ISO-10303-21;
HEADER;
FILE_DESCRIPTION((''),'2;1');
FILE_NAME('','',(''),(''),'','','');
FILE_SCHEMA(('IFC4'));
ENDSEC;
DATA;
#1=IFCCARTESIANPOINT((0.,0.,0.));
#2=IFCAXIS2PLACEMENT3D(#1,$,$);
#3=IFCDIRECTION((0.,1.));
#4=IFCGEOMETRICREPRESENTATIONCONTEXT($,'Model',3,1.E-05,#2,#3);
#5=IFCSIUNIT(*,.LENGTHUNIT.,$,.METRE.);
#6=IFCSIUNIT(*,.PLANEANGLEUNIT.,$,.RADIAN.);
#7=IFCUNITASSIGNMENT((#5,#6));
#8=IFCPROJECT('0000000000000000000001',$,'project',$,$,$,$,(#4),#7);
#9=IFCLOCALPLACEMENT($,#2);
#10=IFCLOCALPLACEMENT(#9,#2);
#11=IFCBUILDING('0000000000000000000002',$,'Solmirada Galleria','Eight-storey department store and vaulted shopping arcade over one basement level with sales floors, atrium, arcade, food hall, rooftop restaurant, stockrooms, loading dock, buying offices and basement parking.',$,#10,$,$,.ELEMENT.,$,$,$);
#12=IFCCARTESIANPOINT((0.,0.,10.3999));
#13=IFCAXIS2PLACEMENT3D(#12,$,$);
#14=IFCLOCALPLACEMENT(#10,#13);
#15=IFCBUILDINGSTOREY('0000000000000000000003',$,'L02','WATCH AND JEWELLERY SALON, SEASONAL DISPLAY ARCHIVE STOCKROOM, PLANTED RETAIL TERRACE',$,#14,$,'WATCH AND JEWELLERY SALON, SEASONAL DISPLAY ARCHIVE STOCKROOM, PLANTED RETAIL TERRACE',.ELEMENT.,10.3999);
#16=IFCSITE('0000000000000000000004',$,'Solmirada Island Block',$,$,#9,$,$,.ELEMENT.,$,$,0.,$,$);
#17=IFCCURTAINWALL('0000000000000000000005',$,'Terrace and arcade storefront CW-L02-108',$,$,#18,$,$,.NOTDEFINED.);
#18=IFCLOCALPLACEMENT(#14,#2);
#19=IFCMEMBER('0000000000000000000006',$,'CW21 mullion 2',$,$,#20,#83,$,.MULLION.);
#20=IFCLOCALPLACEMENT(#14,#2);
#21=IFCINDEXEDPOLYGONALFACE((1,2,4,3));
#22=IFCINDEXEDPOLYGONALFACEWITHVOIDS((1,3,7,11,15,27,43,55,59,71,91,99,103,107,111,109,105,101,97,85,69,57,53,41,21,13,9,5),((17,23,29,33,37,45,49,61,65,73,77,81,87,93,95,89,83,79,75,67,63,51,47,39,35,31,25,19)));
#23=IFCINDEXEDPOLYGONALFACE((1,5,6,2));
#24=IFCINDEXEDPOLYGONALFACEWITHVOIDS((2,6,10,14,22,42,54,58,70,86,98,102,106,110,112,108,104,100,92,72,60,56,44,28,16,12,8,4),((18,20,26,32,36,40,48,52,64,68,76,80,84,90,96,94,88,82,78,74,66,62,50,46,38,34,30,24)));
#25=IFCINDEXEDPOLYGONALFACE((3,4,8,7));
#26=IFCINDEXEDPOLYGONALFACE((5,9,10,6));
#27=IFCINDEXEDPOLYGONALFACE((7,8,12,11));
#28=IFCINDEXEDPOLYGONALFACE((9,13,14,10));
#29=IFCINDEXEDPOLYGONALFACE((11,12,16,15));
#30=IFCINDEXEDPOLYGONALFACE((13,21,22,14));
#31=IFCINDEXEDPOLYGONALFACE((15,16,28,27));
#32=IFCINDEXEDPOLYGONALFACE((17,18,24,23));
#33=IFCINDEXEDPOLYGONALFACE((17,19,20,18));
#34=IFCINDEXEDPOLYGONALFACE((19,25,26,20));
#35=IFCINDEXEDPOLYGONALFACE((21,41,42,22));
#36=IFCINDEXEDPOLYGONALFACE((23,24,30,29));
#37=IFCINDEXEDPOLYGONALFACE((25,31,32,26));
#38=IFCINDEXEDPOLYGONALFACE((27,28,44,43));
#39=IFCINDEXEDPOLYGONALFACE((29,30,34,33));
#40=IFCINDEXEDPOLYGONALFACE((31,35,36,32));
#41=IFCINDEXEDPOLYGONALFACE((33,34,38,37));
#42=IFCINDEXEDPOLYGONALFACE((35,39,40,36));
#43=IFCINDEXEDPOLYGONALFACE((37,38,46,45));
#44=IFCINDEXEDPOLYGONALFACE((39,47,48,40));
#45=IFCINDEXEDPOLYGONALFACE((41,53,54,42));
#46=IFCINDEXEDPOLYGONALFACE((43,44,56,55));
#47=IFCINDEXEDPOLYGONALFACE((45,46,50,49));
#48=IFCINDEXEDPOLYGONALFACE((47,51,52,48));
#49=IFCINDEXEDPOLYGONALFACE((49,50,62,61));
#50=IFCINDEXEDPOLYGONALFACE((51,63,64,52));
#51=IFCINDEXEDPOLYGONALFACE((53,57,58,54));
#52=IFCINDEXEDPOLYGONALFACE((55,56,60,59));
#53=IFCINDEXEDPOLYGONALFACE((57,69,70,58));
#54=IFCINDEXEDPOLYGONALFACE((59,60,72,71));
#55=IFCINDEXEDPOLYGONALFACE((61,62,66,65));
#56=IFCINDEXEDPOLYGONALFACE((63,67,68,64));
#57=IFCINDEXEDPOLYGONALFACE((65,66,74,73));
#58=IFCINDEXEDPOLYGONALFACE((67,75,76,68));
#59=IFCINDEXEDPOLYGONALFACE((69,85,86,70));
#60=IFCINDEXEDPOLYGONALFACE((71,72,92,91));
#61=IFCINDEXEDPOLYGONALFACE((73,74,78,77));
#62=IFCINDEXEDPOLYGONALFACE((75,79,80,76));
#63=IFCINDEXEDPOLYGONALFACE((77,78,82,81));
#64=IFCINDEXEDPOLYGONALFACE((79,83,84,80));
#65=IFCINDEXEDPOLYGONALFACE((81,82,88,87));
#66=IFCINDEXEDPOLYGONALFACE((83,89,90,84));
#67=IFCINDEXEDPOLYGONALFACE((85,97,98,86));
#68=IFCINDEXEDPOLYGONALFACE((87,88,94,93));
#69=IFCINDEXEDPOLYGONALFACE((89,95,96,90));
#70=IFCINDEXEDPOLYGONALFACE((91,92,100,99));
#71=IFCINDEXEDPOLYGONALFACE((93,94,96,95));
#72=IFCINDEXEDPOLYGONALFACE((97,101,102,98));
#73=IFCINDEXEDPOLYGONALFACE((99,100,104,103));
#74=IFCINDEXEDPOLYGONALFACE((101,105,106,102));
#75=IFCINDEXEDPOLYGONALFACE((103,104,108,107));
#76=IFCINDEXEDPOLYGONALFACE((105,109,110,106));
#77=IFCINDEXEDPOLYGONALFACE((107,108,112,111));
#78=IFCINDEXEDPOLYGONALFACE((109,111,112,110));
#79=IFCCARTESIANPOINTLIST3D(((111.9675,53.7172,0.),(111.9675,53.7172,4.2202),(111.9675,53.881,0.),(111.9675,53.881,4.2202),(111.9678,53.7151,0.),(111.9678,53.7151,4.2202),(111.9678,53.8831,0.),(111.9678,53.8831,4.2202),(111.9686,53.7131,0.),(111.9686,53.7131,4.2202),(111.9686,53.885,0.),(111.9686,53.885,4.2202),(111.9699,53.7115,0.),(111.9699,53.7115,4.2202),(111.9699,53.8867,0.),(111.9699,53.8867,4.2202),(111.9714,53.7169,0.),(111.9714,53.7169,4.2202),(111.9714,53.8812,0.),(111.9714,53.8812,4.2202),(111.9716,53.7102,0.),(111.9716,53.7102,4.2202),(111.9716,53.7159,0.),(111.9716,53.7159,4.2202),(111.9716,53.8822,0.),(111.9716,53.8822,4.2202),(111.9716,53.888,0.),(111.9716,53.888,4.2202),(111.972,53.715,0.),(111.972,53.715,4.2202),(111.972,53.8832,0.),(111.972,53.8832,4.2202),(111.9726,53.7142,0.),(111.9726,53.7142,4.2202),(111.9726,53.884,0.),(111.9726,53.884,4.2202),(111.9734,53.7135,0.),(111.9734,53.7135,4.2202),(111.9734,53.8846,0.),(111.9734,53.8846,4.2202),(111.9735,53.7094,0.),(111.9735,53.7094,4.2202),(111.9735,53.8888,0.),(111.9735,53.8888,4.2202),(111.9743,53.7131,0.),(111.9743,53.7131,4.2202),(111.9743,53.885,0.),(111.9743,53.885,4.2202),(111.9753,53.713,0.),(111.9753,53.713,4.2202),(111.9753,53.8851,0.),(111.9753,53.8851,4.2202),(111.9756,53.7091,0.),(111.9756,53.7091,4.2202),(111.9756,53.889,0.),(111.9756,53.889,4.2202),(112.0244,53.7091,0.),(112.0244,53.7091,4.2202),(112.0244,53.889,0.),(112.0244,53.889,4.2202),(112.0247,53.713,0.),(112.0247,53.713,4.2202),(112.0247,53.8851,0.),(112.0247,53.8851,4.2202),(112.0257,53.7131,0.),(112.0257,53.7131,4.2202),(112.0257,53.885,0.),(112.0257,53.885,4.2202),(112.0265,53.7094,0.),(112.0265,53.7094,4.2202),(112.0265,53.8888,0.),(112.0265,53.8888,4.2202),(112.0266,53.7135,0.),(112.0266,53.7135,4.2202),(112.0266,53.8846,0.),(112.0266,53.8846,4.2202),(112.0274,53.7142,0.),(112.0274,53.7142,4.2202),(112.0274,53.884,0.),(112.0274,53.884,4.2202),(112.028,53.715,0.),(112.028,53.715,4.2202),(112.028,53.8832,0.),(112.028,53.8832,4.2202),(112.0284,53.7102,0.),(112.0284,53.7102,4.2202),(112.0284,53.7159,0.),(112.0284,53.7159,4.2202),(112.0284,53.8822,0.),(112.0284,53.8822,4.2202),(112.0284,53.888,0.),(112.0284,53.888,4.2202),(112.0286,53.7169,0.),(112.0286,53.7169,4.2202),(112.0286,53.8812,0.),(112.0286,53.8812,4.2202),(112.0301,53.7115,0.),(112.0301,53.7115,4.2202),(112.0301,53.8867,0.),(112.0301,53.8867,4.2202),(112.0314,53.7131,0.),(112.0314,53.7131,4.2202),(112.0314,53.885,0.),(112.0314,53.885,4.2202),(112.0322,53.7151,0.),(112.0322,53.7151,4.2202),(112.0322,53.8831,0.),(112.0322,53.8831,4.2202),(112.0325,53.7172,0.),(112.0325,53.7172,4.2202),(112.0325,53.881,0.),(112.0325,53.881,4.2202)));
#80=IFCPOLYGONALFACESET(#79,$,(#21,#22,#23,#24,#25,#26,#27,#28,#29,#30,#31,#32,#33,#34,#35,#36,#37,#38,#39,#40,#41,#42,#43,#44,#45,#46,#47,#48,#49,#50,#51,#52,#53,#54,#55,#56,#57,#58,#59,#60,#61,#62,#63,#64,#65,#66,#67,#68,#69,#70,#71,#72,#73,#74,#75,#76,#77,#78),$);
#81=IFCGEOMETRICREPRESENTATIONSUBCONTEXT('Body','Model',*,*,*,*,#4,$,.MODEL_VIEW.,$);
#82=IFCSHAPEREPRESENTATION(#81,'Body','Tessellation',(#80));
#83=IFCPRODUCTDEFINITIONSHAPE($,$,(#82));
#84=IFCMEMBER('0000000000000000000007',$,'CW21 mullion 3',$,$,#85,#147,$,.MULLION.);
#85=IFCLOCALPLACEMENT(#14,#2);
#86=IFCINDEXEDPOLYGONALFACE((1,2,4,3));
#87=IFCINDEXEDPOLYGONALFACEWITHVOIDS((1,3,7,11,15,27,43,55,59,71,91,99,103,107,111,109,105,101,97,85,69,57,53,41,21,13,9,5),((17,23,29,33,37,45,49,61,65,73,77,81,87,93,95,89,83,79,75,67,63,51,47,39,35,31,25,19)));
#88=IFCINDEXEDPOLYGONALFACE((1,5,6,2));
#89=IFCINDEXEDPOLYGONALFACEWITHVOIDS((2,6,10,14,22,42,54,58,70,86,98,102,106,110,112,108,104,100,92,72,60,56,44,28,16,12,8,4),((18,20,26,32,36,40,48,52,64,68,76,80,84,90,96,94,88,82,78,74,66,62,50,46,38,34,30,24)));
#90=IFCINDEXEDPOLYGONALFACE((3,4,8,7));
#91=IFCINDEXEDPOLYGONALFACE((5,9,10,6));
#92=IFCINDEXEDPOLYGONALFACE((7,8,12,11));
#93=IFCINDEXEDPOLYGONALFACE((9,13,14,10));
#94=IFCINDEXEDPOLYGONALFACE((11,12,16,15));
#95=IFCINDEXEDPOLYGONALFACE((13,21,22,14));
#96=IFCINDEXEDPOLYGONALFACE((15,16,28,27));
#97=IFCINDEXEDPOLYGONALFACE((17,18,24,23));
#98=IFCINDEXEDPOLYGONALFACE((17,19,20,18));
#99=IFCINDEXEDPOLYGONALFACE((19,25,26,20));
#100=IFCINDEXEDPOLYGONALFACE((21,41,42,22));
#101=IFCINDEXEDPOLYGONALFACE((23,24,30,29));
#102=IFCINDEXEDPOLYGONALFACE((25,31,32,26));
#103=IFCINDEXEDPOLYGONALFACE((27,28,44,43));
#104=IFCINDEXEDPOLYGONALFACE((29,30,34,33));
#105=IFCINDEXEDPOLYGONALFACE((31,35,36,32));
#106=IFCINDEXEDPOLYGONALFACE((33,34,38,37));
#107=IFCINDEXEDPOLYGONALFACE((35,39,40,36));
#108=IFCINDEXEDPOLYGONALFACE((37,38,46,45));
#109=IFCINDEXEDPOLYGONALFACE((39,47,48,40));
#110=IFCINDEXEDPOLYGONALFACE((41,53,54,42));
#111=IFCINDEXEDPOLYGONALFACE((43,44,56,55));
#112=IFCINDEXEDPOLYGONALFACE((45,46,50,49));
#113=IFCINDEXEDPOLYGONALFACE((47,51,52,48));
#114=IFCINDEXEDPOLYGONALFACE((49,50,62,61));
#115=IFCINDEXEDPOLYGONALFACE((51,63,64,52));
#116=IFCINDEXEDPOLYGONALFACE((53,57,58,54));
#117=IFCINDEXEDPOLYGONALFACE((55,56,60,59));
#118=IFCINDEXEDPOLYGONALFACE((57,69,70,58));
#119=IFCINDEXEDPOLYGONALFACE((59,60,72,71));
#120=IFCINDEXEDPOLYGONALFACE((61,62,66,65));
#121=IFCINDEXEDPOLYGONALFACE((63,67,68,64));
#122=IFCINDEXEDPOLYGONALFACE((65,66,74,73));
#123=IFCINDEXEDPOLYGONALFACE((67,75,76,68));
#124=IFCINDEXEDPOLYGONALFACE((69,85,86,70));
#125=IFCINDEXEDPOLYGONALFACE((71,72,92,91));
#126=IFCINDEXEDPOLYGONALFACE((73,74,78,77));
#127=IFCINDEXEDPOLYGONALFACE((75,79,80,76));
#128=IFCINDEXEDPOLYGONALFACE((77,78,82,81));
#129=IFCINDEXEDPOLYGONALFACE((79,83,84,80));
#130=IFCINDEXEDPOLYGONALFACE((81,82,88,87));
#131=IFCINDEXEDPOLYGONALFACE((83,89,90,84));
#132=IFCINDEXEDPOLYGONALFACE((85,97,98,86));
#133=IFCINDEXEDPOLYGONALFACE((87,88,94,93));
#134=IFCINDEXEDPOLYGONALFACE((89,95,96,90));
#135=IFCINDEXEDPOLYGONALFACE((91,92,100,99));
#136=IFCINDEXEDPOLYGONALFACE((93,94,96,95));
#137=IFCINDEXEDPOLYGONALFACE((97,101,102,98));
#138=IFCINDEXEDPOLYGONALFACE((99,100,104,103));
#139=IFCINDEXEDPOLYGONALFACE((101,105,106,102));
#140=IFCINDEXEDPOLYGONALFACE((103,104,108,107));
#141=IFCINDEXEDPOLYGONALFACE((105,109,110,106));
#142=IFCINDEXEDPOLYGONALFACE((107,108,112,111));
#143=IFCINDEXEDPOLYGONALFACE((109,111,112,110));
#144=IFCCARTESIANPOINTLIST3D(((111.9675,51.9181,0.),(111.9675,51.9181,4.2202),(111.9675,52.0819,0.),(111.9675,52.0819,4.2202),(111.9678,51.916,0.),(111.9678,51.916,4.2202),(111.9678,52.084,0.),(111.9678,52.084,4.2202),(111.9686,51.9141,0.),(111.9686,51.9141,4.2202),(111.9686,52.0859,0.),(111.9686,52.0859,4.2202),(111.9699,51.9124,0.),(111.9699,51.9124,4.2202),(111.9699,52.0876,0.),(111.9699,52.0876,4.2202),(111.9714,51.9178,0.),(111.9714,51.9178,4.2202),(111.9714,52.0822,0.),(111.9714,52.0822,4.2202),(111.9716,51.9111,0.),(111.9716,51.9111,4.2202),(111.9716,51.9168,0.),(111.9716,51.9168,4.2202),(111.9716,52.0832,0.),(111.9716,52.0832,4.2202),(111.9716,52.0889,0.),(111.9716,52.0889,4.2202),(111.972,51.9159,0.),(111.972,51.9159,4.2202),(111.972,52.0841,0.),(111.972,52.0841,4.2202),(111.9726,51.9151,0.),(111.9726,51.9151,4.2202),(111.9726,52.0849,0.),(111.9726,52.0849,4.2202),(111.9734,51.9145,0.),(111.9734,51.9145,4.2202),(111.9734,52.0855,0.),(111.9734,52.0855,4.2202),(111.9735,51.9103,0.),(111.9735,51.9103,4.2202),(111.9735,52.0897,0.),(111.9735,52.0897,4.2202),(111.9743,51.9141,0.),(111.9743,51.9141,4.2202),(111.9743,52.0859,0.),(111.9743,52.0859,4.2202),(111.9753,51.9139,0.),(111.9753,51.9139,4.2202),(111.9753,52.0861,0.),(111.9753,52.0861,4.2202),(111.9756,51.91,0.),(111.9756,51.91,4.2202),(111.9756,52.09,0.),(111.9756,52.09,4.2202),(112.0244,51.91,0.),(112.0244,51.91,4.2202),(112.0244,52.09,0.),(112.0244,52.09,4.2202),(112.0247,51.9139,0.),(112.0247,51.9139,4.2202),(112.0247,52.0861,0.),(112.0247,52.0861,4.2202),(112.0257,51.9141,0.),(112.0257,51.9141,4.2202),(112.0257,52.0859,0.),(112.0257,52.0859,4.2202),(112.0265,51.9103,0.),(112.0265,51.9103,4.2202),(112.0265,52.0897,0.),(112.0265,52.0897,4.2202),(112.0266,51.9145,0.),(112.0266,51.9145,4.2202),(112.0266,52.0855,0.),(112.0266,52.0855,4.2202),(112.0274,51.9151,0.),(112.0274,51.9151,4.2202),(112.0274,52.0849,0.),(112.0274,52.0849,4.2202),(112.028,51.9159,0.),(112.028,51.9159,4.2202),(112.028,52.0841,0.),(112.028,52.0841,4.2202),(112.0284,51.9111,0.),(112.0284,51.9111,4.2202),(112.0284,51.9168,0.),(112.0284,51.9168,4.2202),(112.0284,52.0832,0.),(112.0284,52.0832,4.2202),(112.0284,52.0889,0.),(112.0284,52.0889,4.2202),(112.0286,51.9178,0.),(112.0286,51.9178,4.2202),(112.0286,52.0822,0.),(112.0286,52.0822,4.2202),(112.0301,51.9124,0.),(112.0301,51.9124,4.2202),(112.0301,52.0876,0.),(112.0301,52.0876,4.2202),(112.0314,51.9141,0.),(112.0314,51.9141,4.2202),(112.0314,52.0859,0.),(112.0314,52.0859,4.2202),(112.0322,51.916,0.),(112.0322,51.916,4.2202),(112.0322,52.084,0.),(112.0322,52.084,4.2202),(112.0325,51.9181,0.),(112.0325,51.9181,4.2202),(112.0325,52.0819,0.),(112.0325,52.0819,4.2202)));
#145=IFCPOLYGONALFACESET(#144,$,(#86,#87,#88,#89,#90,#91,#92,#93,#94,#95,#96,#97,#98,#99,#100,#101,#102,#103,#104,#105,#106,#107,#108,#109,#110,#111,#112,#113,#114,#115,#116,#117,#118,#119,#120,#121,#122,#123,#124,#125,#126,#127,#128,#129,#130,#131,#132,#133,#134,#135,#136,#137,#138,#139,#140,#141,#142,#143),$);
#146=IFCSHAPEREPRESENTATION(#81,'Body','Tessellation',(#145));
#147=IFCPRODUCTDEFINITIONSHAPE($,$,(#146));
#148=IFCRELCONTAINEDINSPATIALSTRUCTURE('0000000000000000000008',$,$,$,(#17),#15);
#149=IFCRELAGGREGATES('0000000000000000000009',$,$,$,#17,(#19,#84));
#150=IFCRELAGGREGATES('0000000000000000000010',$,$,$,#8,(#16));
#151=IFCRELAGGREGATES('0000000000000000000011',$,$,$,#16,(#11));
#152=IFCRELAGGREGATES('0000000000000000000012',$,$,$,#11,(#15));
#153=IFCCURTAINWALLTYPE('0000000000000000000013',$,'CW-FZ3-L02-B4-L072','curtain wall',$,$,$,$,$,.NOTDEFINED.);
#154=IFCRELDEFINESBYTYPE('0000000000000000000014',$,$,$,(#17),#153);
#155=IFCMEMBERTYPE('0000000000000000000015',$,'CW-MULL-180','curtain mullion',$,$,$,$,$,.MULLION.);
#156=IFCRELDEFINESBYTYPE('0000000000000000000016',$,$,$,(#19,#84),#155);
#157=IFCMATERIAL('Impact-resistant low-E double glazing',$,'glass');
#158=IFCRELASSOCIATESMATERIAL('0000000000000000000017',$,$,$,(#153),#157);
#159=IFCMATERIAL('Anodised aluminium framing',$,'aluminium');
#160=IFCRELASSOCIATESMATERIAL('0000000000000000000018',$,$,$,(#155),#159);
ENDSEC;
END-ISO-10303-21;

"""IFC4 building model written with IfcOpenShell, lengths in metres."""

from ifc_helpers import new_model, si_unit, direction, frame, origin, origin_2d, place, context, subcontext, project, spatial, hollow_rectangle, extrude, material, material_profile, profile_set, type_object, element, aggregate, save


model = new_model("IFC4")

# Units and contexts
model_context = context("Model", 3, precision=1e-05, world=origin(), true_north=direction((0.0, 1.0)))
body_context = subcontext(model_context, "Body", "Model", "MODEL_VIEW")
ifc_project = project(units=[si_unit("LENGTHUNIT", "METRE"), si_unit("PLANEANGLEUNIT", "RADIAN")], contexts=[model_context])

# Site, building, storey
site_placement = place(None, origin())
site = spatial("IfcSite", under=ifc_project, at=site_placement, Name="Solmirada Island Block", CompositionType="ELEMENT", RefElevation=0.0)
building_placement = place(site_placement, origin())
building = spatial("IfcBuilding", under=site, at=building_placement, Name="Solmirada Galleria", Description="Eight-storey department store and vaulted shopping arcade over one basement level with sales floors, atrium, arcade, food hall, rooftop restaurant, stockrooms, loading dock, buying offices and basement parking.", CompositionType="ELEMENT")
storey_placement = place(building_placement, frame((0.0, 0.0, 10.3999)))
storey = spatial("IfcBuildingStorey", under=building, at=storey_placement, Name="L02", Description="WATCH AND JEWELLERY SALON, SEASONAL DISPLAY ARCHIVE STOCKROOM, PLANTED RETAIL TERRACE", LongName="WATCH AND JEWELLERY SALON, SEASONAL DISPLAY ARCHIVE STOCKROOM, PLANTED RETAIL TERRACE", CompositionType="ELEMENT", Elevation=10.3999)

# Curtain wall, members
ifc_material_1 = material(Name="Impact-resistant low-E double glazing", Category="glass")
curtain_wall_type = type_object("IfcCurtainWallType", Name="CW-FZ3-L02-B4-L072", Description="curtain wall", PredefinedType="NOTDEFINED", material=ifc_material_1)
ifc_material_2 = material(Name="Anodised aluminium framing", Category="aluminium")
ifc_material_profile_1 = material_profile(ifc_material_2, hollow_rectangle(XDim=0.0649, YDim=0.1799, WallThickness=0.0039, InnerFilletRadius=0.0039, OuterFilletRadius=0.0081, at=origin_2d()), Name="ALU-MULL-180X65")
ifc_profile_set_1 = profile_set([ifc_material_profile_1], Name="Anodised aluminium framing")
member_type_1 = type_object("IfcMemberType", Name="CW-MULL-180", Description="curtain mullion", PredefinedType="MULLION", material=ifc_profile_set_1)
curtain_wall_1_placement = place(storey_placement, origin())
curtain_wall_1 = element("IfcCurtainWall", 1, at=curtain_wall_1_placement, inside=storey, type_object=curtain_wall_type, Name="Terrace and arcade storefront CW-L02-108", PredefinedType="NOTDEFINED")
member_1_placement = place(storey_placement, frame((112.0, 53.7991, 0.0), z_axis=(0.0, 0.0, 1.0), x_axis=(1.0, 0.0, 0.0)))
member_1 = element("IfcMember", 2, at=member_1_placement, type_object=member_type_1, Name="CW21 mullion 2", PredefinedType="MULLION", context=body_context, shape_type="SweptSolid", body=[
    extrude(hollow_rectangle(XDim=0.0649, YDim=0.1799, WallThickness=0.0039, InnerFilletRadius=0.0039, OuterFilletRadius=0.0081, at=origin_2d()), origin(), (0.0, 0.0, 1.0), 4.2202),
])
member_2_placement = place(storey_placement, frame((112.0, 52.0, 0.0), z_axis=(0.0, 0.0, 1.0), x_axis=(1.0, 0.0, 0.0)))
member_2 = element("IfcMember", 3, at=member_2_placement, type_object=member_type_1, Name="CW21 mullion 3", PredefinedType="MULLION", context=body_context, shape_type="SweptSolid", body=[
    extrude(hollow_rectangle(XDim=0.0649, YDim=0.1799, WallThickness=0.0039, InnerFilletRadius=0.0039, OuterFilletRadius=0.0081, at=origin_2d()), origin(), (0.0, 0.0, 1.0), 4.2202),
])

aggregate(curtain_wall_1, [member_1, member_2])

save(model, "model.ifc")
